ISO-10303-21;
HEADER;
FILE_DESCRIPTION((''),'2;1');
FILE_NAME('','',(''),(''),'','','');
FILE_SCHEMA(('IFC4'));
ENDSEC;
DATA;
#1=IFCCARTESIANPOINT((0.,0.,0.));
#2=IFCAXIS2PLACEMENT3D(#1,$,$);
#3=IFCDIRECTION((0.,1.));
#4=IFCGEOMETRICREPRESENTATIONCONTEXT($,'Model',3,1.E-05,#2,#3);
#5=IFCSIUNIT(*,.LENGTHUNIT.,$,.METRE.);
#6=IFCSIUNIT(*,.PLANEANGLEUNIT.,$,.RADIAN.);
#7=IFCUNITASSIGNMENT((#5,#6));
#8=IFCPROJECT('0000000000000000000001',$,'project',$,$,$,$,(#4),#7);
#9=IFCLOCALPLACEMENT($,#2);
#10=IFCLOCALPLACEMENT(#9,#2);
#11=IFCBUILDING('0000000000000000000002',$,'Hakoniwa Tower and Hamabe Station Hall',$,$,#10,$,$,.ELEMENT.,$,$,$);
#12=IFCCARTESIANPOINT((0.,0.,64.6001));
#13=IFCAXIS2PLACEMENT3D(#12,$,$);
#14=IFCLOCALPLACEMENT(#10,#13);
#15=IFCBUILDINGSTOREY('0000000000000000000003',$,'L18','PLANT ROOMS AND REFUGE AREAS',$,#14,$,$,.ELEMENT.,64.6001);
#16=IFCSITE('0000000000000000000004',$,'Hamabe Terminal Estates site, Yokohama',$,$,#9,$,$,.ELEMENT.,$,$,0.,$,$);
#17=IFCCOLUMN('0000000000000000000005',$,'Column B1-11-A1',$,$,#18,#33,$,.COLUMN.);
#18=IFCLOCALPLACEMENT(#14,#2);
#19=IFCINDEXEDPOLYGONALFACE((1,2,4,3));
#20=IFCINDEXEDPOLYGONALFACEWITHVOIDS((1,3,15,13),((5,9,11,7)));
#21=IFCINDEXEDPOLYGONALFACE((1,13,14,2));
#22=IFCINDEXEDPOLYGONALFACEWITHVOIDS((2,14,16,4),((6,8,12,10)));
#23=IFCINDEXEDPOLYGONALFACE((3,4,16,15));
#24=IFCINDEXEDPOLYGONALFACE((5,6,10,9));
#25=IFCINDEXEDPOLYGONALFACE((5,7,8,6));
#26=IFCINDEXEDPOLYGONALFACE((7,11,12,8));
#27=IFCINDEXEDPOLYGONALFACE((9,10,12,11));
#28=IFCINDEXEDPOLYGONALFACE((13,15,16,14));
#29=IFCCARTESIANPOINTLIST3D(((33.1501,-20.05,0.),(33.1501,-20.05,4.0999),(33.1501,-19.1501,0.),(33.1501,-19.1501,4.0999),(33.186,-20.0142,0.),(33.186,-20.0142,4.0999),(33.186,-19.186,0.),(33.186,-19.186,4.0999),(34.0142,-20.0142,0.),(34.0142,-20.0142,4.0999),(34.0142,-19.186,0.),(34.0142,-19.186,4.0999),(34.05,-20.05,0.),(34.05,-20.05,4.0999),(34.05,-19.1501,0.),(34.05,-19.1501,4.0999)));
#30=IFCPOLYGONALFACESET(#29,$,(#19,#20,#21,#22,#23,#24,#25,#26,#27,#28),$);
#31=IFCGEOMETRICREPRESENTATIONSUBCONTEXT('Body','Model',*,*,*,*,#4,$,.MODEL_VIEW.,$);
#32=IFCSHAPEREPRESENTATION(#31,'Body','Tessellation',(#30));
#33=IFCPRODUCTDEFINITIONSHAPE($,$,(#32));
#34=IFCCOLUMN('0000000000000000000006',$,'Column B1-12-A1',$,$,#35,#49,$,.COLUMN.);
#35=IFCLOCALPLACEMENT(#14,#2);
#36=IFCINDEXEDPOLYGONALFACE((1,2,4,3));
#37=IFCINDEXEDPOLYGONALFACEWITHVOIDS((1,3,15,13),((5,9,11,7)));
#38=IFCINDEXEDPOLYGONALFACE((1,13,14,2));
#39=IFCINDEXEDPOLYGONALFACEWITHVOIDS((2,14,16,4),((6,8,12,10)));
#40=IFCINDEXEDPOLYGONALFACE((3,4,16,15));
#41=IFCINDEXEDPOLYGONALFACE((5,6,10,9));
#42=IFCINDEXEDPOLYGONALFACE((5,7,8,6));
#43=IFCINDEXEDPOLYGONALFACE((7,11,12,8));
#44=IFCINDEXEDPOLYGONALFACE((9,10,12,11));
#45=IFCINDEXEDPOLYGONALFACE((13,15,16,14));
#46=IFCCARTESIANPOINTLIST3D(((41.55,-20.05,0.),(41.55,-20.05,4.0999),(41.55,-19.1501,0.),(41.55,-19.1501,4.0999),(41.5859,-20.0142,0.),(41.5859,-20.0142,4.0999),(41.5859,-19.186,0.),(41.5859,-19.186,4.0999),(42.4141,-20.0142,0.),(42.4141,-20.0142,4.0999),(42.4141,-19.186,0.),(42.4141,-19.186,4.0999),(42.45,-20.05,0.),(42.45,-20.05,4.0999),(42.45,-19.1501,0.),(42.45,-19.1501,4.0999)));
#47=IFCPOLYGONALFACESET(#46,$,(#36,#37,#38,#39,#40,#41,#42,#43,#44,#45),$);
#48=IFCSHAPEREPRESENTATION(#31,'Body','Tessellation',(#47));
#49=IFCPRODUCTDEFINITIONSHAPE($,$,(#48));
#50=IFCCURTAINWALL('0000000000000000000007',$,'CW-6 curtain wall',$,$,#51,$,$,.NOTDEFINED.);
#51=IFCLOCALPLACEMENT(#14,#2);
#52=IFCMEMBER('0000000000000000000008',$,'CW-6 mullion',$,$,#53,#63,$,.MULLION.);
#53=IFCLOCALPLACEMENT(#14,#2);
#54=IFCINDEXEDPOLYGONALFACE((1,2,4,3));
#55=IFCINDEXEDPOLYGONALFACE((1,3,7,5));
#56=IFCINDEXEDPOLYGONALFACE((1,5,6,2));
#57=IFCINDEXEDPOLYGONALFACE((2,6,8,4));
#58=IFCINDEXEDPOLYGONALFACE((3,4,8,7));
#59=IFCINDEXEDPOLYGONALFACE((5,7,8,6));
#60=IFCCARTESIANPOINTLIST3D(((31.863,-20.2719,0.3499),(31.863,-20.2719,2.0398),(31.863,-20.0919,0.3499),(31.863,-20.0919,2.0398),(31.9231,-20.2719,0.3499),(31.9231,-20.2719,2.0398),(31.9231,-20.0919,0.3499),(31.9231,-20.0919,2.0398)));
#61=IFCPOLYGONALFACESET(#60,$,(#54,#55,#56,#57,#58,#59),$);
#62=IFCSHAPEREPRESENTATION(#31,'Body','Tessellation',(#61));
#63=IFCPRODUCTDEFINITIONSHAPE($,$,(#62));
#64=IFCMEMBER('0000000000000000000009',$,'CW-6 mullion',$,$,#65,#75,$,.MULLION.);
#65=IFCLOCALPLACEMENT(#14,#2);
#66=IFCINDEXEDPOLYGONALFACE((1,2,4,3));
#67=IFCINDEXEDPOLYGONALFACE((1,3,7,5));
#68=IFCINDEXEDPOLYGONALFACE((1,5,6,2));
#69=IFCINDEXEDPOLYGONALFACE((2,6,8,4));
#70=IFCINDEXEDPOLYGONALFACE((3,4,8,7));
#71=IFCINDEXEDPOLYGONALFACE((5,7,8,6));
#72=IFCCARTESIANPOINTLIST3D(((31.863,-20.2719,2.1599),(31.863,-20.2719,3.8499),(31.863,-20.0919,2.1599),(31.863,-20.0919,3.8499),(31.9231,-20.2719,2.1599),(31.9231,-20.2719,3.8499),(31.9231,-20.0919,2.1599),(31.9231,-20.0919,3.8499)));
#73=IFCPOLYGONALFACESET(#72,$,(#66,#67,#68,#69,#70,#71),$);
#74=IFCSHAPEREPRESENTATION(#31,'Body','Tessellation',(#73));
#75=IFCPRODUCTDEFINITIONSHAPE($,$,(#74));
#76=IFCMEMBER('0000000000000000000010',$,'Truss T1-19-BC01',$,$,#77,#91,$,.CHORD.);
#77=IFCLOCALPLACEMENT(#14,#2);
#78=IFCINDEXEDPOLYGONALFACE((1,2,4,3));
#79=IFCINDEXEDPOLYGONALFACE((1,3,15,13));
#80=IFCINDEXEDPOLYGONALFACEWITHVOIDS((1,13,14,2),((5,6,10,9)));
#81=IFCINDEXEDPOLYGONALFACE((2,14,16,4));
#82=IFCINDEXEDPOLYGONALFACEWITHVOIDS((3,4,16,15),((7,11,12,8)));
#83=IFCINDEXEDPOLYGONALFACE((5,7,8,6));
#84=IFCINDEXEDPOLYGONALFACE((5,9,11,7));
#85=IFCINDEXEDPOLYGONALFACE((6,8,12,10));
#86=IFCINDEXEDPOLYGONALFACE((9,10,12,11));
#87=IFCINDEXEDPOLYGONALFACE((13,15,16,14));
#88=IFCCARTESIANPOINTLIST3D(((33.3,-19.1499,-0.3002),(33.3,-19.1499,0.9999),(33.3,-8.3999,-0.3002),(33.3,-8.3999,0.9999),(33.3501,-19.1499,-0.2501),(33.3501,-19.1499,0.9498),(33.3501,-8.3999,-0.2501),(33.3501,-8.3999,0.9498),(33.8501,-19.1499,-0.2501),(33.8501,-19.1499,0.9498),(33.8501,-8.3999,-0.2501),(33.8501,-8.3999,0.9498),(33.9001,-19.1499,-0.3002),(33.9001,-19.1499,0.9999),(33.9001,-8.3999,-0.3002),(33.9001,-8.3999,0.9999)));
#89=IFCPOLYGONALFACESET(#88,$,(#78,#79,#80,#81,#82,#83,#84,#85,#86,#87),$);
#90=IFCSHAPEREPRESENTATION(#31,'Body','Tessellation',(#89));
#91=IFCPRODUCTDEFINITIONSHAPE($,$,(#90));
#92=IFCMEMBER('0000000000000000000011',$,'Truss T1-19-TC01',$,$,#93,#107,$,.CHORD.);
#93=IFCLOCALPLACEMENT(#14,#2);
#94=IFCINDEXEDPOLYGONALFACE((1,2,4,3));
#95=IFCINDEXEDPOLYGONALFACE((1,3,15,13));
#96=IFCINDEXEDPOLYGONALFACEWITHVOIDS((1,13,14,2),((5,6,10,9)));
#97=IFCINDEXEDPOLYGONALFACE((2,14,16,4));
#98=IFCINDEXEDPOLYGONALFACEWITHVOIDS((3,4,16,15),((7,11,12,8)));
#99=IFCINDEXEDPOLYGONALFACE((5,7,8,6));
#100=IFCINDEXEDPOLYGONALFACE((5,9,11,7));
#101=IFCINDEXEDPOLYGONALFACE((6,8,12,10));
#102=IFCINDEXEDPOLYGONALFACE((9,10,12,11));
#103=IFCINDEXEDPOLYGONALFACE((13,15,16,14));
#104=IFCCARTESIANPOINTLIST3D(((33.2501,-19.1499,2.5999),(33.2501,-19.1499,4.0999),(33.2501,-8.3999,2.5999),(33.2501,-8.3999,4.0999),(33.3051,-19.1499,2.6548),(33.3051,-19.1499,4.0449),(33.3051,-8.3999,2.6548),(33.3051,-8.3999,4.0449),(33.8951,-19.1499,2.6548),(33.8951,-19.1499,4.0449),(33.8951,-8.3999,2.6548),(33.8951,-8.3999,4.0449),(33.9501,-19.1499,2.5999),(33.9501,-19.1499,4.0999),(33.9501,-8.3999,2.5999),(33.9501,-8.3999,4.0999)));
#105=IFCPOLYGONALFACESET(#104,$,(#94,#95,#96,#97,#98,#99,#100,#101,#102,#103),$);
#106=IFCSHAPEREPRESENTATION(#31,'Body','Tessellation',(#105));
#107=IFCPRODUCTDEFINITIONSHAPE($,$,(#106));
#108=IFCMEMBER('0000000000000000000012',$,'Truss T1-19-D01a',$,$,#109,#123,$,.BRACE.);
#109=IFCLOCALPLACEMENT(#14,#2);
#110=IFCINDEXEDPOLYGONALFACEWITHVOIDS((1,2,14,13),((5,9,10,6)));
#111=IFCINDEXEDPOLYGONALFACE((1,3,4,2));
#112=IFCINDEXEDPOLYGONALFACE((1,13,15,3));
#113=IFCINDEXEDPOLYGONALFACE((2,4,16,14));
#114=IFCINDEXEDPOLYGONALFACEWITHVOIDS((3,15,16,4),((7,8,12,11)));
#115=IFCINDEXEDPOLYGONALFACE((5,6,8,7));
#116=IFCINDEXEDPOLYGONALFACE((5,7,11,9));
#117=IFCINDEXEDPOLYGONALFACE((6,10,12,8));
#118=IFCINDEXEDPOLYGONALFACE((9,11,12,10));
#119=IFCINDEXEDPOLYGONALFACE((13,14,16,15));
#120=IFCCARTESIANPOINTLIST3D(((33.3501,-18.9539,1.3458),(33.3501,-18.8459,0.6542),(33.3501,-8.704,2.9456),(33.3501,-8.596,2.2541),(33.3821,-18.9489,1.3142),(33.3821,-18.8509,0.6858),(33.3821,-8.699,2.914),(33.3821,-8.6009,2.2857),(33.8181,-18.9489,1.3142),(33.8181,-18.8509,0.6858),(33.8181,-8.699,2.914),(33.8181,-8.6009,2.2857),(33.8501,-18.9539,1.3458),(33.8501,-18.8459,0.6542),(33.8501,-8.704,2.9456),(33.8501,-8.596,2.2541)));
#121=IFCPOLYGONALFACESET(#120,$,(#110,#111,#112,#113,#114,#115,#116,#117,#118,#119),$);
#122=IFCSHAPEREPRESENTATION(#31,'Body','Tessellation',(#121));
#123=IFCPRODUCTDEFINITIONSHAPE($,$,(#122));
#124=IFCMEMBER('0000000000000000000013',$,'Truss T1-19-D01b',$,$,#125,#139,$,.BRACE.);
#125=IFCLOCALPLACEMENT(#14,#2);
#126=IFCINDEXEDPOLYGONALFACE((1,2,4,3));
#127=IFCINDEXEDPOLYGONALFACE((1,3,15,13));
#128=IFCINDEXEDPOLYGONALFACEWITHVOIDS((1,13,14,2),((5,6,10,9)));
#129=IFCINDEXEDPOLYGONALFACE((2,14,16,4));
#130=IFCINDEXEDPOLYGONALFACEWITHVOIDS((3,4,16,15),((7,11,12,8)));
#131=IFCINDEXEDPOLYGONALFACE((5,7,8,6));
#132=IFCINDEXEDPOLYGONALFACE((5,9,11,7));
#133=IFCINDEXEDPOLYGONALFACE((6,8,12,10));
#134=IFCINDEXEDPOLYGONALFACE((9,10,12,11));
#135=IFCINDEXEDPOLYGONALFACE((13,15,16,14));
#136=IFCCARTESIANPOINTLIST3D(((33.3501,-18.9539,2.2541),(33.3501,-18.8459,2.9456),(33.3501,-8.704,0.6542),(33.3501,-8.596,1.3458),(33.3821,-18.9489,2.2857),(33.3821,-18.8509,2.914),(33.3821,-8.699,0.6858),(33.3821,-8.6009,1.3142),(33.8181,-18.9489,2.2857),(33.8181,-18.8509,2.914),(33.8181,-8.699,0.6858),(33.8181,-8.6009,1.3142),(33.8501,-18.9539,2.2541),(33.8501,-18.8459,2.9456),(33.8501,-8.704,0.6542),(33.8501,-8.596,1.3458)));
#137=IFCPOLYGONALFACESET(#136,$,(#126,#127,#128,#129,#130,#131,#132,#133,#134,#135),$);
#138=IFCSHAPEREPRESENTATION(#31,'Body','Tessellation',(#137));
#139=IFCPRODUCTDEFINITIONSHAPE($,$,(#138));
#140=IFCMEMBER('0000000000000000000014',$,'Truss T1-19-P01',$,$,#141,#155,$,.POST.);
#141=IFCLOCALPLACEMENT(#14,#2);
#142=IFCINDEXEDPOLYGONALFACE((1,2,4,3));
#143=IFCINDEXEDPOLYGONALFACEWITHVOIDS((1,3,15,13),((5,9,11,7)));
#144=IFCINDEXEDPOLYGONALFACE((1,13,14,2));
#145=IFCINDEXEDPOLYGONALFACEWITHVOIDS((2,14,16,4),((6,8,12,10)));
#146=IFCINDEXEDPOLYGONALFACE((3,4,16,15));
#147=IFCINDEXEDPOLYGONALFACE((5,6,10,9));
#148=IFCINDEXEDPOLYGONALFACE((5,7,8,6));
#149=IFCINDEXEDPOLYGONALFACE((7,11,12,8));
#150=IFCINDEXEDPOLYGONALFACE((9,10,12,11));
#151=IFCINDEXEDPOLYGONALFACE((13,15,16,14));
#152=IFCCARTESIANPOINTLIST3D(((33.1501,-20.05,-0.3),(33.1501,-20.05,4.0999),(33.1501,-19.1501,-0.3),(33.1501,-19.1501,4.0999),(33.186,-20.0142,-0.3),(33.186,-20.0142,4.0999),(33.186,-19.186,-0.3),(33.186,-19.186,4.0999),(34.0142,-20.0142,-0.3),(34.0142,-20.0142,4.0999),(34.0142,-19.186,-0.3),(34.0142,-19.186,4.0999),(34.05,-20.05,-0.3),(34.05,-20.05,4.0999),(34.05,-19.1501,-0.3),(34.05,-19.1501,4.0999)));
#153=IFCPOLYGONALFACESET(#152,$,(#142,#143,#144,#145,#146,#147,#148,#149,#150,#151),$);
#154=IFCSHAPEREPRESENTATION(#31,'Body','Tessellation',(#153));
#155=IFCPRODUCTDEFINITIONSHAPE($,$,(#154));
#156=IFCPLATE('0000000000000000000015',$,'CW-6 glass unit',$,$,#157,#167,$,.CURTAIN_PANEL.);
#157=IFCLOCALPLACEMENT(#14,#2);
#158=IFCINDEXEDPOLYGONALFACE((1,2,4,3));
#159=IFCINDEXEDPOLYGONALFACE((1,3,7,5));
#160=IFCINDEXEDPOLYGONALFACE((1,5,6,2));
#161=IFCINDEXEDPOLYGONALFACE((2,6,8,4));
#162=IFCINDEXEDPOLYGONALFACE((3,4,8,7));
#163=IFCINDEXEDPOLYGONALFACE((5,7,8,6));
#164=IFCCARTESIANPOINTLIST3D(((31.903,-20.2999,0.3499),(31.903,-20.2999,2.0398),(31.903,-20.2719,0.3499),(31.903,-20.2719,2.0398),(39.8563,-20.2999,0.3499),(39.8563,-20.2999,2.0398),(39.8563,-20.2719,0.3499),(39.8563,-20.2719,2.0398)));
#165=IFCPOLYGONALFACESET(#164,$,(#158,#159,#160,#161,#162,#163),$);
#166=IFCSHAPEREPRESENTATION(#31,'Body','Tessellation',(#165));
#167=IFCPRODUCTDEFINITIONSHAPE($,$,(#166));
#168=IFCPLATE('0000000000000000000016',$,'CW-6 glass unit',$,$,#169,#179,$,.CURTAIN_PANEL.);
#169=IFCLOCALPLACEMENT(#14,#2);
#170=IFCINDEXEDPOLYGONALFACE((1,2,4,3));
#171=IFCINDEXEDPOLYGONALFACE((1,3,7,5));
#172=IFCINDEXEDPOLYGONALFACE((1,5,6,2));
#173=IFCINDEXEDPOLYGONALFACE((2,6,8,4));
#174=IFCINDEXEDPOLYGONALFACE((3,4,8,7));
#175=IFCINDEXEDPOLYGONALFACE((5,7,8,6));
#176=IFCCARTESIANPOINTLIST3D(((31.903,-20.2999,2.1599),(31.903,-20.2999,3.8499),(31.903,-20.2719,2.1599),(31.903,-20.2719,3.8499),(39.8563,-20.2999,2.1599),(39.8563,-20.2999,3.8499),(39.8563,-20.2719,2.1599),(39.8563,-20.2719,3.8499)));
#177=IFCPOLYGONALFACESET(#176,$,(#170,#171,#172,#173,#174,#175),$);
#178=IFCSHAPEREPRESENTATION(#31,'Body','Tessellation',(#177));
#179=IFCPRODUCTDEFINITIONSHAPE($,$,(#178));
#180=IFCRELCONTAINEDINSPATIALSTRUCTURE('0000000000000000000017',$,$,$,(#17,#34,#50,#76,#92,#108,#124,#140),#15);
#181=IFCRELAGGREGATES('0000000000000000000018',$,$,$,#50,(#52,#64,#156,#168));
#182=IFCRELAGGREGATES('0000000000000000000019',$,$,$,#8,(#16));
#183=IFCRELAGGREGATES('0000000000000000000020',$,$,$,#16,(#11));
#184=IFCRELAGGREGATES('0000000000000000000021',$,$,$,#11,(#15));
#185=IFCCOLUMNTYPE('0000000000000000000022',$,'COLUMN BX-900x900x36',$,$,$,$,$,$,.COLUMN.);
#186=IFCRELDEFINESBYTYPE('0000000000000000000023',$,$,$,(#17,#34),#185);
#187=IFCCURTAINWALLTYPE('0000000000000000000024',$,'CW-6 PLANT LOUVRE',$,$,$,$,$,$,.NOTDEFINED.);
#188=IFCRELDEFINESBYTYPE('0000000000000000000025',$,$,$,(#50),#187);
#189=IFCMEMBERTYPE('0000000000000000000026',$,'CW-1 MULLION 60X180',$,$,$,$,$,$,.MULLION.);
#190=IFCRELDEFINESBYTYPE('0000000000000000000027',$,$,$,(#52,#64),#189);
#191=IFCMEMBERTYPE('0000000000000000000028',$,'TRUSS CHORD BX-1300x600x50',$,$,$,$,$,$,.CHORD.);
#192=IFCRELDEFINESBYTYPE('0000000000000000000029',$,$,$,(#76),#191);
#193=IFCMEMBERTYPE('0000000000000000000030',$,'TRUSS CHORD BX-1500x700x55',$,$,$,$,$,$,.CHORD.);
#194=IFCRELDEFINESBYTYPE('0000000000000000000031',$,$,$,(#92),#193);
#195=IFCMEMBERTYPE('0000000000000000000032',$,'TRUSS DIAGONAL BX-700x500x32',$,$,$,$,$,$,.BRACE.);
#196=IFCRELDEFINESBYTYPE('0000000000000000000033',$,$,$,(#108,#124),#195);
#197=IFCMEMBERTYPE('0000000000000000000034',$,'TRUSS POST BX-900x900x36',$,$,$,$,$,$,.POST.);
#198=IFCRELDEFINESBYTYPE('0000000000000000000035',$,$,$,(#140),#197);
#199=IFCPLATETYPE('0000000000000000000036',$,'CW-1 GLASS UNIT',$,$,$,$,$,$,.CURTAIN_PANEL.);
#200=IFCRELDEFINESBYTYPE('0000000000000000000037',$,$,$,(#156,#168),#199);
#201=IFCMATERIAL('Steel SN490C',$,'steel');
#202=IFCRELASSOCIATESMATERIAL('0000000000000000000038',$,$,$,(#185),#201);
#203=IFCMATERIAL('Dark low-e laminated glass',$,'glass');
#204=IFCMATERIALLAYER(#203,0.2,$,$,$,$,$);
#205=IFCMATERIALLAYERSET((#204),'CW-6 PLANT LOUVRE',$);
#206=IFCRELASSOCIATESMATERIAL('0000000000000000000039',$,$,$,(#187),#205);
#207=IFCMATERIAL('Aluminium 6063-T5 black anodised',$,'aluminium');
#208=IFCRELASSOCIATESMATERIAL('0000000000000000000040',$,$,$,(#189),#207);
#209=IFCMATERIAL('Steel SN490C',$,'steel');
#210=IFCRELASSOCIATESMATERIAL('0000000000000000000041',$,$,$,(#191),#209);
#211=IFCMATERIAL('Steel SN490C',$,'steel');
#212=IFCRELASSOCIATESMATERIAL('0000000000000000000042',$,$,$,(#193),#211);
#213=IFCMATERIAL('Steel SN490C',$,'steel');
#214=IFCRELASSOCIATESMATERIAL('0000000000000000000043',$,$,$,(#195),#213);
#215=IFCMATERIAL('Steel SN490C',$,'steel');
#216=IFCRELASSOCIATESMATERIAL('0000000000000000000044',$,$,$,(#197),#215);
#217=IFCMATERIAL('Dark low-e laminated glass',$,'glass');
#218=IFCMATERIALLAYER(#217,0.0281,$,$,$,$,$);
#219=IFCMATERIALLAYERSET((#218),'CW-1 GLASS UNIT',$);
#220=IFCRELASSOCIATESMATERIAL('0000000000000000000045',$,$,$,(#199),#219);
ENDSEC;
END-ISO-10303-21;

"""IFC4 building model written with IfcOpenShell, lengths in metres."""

from ifc_helpers import new_model, si_unit, direction, frame, origin, origin_2d, place, context, subcontext, project, spatial, rectangle, hollow_rectangle, extrude, material, layer, layer_set, material_profile, profile_set, type_object, element, aggregate, save


model = new_model("IFC4")

# Units and contexts
model_context = context("Model", 3, precision=1e-05, world=origin(), true_north=direction((0.0, 1.0)))
body_context = subcontext(model_context, "Body", "Model", "MODEL_VIEW")
ifc_project = project(units=[si_unit("LENGTHUNIT", "METRE"), si_unit("PLANEANGLEUNIT", "RADIAN")], contexts=[model_context])

# Site, building, storey
site_placement = place(None, origin())
site = spatial("IfcSite", under=ifc_project, at=site_placement, Name="Hamabe Terminal Estates site, Yokohama", CompositionType="ELEMENT", RefElevation=0.0)
building_placement = place(site_placement, origin())
building = spatial("IfcBuilding", under=site, at=building_placement, Name="Hakoniwa Tower and Hamabe Station Hall", CompositionType="ELEMENT")
storey_placement = place(building_placement, frame((0.0, 0.0, 64.6001)))
storey = spatial("IfcBuildingStorey", under=building, at=storey_placement, Name="L18", Description="PLANT ROOMS AND REFUGE AREAS", CompositionType="ELEMENT", Elevation=64.6001)

# Columns
ifc_material_1 = material(Name="Steel SN490C", Category="steel")
ifc_material_profile_1 = material_profile(ifc_material_1, hollow_rectangle(XDim=0.8999, YDim=0.8999, WallThickness=0.0359, at=origin_2d()), Name="BX-900x900x36")
ifc_profile_set_1 = profile_set([ifc_material_profile_1], Name="Steel SN490C")
column_type = type_object("IfcColumnType", Name="COLUMN BX-900x900x36", PredefinedType="COLUMN", material=ifc_profile_set_1)
for number, where, z_axis, x_axis, name in (
    (1, (33.6001, -19.6001, 0.0), (0.0, 0.0, 1.0), (1.0, 0.0, 0.0), "Column B1-11-A1"),
    (2, (42.0, -19.6001, 0.0), (0.0, 0.0, 1.0), (1.0, 0.0, 0.0), "Column B1-12-A1"),
):
    element("IfcColumn", number, at=place(storey_placement, frame(where, z_axis=z_axis, x_axis=x_axis)), inside=storey, type_object=column_type, Name=name, PredefinedType="COLUMN", context=body_context, shape_type="SweptSolid", body=[
        extrude(hollow_rectangle(XDim=0.8999, YDim=0.8999, WallThickness=0.0359, at=origin_2d()), origin(), (0.0, 0.0, 1.0), 4.0999),
    ])

# Curtain wall, members
ifc_material_2 = material(Name="Dark low-e laminated glass", Category="glass")
ifc_layer_1 = layer(ifc_material_2, 0.2)
ifc_layer_set_1 = layer_set([ifc_layer_1], Name="CW-6 PLANT LOUVRE")
curtain_wall_type = type_object("IfcCurtainWallType", Name="CW-6 PLANT LOUVRE", PredefinedType="NOTDEFINED", material=ifc_layer_set_1)
curtain_wall_placement = place(storey_placement, origin())
curtain_wall = element("IfcCurtainWall", 3, at=curtain_wall_placement, inside=storey, type_object=curtain_wall_type, Name="CW-6 curtain wall", PredefinedType="NOTDEFINED")
ifc_material_3 = material(Name="Aluminium 6063-T5 black anodised", Category="aluminium")
ifc_material_profile_2 = material_profile(ifc_material_3, rectangle(XDim=0.0601, YDim=0.1799, at=origin_2d()), Name="CW-1 MULLION 60X180")
ifc_profile_set_2 = profile_set([ifc_material_profile_2], Name="Aluminium 6063-T5 black anodised")
member_type_1 = type_object("IfcMemberType", Name="CW-1 MULLION 60X180", PredefinedType="MULLION", material=ifc_profile_set_2)
member_1_placement = place(storey_placement, frame((31.8931, -20.1819, 0.3499), z_axis=(0.0, 0.0, 1.0), x_axis=(1.0, 0.0, 0.0)))
member_1 = element("IfcMember", 4, at=member_1_placement, type_object=member_type_1, Name="CW-6 mullion", PredefinedType="MULLION", context=body_context, shape_type="SweptSolid", body=[
    extrude(rectangle(XDim=0.0601, YDim=0.1799, at=origin_2d()), origin(), (0.0, 0.0, 1.0), 1.6899),
])
member_2_placement = place(storey_placement, frame((31.8931, -20.1819, 2.1599), z_axis=(0.0, 0.0, 1.0), x_axis=(1.0, 0.0, 0.0)))
member_2 = element("IfcMember", 5, at=member_2_placement, type_object=member_type_1, Name="CW-6 mullion", PredefinedType="MULLION", context=body_context, shape_type="SweptSolid", body=[
    extrude(rectangle(XDim=0.0601, YDim=0.1799, at=origin_2d()), origin(), (0.0, 0.0, 1.0), 1.6899),
])

# Members
ifc_material_4 = material(Name="Steel SN490C", Category="steel")
ifc_material_profile_3 = material_profile(ifc_material_4, hollow_rectangle(XDim=0.6001, YDim=1.3, WallThickness=0.05, at=origin_2d()), Name="BX-1300x600x50")
ifc_profile_set_3 = profile_set([ifc_material_profile_3], Name="Steel SN490C")
member_type_2 = type_object("IfcMemberType", Name="TRUSS CHORD BX-1300x600x50", PredefinedType="CHORD", material=ifc_profile_set_3)
member_3_placement = place(storey_placement, frame((33.6001, -19.1499, 0.3499), z_axis=(0.0, 1.0, 0.0), x_axis=(-1.0, 0.0, 0.0)))
element("IfcMember", 6, at=member_3_placement, inside=storey, type_object=member_type_2, Name="Truss T1-19-BC01", PredefinedType="CHORD", context=body_context, shape_type="SweptSolid", body=[
    extrude(hollow_rectangle(XDim=0.6001, YDim=1.3, WallThickness=0.05, at=origin_2d()), origin(), (0.0, 0.0, 1.0), 10.75),
])
ifc_material_5 = material(Name="Steel SN490C", Category="steel")
ifc_material_profile_4 = material_profile(ifc_material_5, hollow_rectangle(XDim=0.7, YDim=1.5, WallThickness=0.0549, at=origin_2d()), Name="BX-1500x700x55")
ifc_profile_set_4 = profile_set([ifc_material_profile_4], Name="Steel SN490C")
member_type_3 = type_object("IfcMemberType", Name="TRUSS CHORD BX-1500x700x55", PredefinedType="CHORD", material=ifc_profile_set_4)
member_4_placement = place(storey_placement, frame((33.6001, -19.1499, 3.3499), z_axis=(0.0, 1.0, 0.0), x_axis=(-1.0, 0.0, 0.0)))
element("IfcMember", 7, at=member_4_placement, inside=storey, type_object=member_type_3, Name="Truss T1-19-TC01", PredefinedType="CHORD", context=body_context, shape_type="SweptSolid", body=[
    extrude(hollow_rectangle(XDim=0.7, YDim=1.5, WallThickness=0.0549, at=origin_2d()), origin(), (0.0, 0.0, 1.0), 10.75),
])
ifc_material_6 = material(Name="Steel SN490C", Category="steel")
ifc_material_profile_5 = material_profile(ifc_material_6, hollow_rectangle(XDim=0.5, YDim=0.7, WallThickness=0.032, at=origin_2d()), Name="BX-700x500x32")
ifc_profile_set_5 = profile_set([ifc_material_profile_5], Name="Steel SN490C")
member_type_4 = type_object("IfcMemberType", Name="TRUSS DIAGONAL BX-700x500x32", PredefinedType="BRACE", material=ifc_profile_set_5)
for number, where, z_axis, x_axis, name in (
    (8, (33.6001, -18.8999, 1.0), (0.0, 0.988037, 0.154216), (-1.0, 0.0, 0.0), "Truss T1-19-D01a"),
    (9, (33.6001, -18.8999, 2.5999), (0.0, 0.988037, -0.154216), (-1.0, 0.0, 0.0), "Truss T1-19-D01b"),
):
    element("IfcMember", number, at=place(storey_placement, frame(where, z_axis=z_axis, x_axis=x_axis)), inside=storey, type_object=member_type_4, Name=name, PredefinedType="BRACE", context=body_context, shape_type="SweptSolid", body=[
        extrude(hollow_rectangle(XDim=0.5, YDim=0.7, WallThickness=0.032, at=origin_2d()), origin(), (0.0, 0.0, 1.0), 10.374),
    ])
ifc_material_7 = material(Name="Steel SN490C", Category="steel")
ifc_material_profile_6 = material_profile(ifc_material_7, hollow_rectangle(XDim=0.8999, YDim=0.8999, WallThickness=0.0359, at=origin_2d()), Name="BX-900x900x36")
ifc_profile_set_6 = profile_set([ifc_material_profile_6], Name="Steel SN490C")
member_type_5 = type_object("IfcMemberType", Name="TRUSS POST BX-900x900x36", PredefinedType="POST", material=ifc_profile_set_6)
member_5_placement = place(storey_placement, frame((33.6001, -19.6001, -0.3), z_axis=(0.0, 0.0, 1.0), x_axis=(1.0, 0.0, 0.0)))
element("IfcMember", 10, at=member_5_placement, inside=storey, type_object=member_type_5, Name="Truss T1-19-P01", PredefinedType="POST", context=body_context, shape_type="SweptSolid", body=[
    extrude(hollow_rectangle(XDim=0.8999, YDim=0.8999, WallThickness=0.0359, at=origin_2d()), origin(), (0.0, 0.0, 1.0), 4.3999),
])

# Plates
ifc_material_8 = material(Name="Dark low-e laminated glass", Category="glass")
ifc_layer_2 = layer(ifc_material_8, 0.0281)
ifc_layer_set_2 = layer_set([ifc_layer_2], Name="CW-1 GLASS UNIT")
plate_type = type_object("IfcPlateType", Name="CW-1 GLASS UNIT", PredefinedType="CURTAIN_PANEL", material=ifc_layer_set_2)
plate_1_placement = place(storey_placement, frame((35.8796, -20.2859, 0.3499), z_axis=(0.0, 0.0, 1.0), x_axis=(1.0, 0.0, 0.0)))
plate_1 = element("IfcPlate", 11, at=plate_1_placement, type_object=plate_type, Name="CW-6 glass unit", PredefinedType="CURTAIN_PANEL", context=body_context, shape_type="SweptSolid", body=[
    extrude(rectangle(XDim=7.9534, YDim=0.0281, at=origin_2d()), origin(), (0.0, 0.0, 1.0), 1.6899),
])
plate_2_placement = place(storey_placement, frame((35.8796, -20.2859, 2.1599), z_axis=(0.0, 0.0, 1.0), x_axis=(1.0, 0.0, 0.0)))
plate_2 = element("IfcPlate", 12, at=plate_2_placement, type_object=plate_type, Name="CW-6 glass unit", PredefinedType="CURTAIN_PANEL", context=body_context, shape_type="SweptSolid", body=[
    extrude(rectangle(XDim=7.9534, YDim=0.0281, at=origin_2d()), origin(), (0.0, 0.0, 1.0), 1.6899),
])

aggregate(curtain_wall, [member_1, member_2, plate_1, plate_2])

save(model, "model.ifc")
